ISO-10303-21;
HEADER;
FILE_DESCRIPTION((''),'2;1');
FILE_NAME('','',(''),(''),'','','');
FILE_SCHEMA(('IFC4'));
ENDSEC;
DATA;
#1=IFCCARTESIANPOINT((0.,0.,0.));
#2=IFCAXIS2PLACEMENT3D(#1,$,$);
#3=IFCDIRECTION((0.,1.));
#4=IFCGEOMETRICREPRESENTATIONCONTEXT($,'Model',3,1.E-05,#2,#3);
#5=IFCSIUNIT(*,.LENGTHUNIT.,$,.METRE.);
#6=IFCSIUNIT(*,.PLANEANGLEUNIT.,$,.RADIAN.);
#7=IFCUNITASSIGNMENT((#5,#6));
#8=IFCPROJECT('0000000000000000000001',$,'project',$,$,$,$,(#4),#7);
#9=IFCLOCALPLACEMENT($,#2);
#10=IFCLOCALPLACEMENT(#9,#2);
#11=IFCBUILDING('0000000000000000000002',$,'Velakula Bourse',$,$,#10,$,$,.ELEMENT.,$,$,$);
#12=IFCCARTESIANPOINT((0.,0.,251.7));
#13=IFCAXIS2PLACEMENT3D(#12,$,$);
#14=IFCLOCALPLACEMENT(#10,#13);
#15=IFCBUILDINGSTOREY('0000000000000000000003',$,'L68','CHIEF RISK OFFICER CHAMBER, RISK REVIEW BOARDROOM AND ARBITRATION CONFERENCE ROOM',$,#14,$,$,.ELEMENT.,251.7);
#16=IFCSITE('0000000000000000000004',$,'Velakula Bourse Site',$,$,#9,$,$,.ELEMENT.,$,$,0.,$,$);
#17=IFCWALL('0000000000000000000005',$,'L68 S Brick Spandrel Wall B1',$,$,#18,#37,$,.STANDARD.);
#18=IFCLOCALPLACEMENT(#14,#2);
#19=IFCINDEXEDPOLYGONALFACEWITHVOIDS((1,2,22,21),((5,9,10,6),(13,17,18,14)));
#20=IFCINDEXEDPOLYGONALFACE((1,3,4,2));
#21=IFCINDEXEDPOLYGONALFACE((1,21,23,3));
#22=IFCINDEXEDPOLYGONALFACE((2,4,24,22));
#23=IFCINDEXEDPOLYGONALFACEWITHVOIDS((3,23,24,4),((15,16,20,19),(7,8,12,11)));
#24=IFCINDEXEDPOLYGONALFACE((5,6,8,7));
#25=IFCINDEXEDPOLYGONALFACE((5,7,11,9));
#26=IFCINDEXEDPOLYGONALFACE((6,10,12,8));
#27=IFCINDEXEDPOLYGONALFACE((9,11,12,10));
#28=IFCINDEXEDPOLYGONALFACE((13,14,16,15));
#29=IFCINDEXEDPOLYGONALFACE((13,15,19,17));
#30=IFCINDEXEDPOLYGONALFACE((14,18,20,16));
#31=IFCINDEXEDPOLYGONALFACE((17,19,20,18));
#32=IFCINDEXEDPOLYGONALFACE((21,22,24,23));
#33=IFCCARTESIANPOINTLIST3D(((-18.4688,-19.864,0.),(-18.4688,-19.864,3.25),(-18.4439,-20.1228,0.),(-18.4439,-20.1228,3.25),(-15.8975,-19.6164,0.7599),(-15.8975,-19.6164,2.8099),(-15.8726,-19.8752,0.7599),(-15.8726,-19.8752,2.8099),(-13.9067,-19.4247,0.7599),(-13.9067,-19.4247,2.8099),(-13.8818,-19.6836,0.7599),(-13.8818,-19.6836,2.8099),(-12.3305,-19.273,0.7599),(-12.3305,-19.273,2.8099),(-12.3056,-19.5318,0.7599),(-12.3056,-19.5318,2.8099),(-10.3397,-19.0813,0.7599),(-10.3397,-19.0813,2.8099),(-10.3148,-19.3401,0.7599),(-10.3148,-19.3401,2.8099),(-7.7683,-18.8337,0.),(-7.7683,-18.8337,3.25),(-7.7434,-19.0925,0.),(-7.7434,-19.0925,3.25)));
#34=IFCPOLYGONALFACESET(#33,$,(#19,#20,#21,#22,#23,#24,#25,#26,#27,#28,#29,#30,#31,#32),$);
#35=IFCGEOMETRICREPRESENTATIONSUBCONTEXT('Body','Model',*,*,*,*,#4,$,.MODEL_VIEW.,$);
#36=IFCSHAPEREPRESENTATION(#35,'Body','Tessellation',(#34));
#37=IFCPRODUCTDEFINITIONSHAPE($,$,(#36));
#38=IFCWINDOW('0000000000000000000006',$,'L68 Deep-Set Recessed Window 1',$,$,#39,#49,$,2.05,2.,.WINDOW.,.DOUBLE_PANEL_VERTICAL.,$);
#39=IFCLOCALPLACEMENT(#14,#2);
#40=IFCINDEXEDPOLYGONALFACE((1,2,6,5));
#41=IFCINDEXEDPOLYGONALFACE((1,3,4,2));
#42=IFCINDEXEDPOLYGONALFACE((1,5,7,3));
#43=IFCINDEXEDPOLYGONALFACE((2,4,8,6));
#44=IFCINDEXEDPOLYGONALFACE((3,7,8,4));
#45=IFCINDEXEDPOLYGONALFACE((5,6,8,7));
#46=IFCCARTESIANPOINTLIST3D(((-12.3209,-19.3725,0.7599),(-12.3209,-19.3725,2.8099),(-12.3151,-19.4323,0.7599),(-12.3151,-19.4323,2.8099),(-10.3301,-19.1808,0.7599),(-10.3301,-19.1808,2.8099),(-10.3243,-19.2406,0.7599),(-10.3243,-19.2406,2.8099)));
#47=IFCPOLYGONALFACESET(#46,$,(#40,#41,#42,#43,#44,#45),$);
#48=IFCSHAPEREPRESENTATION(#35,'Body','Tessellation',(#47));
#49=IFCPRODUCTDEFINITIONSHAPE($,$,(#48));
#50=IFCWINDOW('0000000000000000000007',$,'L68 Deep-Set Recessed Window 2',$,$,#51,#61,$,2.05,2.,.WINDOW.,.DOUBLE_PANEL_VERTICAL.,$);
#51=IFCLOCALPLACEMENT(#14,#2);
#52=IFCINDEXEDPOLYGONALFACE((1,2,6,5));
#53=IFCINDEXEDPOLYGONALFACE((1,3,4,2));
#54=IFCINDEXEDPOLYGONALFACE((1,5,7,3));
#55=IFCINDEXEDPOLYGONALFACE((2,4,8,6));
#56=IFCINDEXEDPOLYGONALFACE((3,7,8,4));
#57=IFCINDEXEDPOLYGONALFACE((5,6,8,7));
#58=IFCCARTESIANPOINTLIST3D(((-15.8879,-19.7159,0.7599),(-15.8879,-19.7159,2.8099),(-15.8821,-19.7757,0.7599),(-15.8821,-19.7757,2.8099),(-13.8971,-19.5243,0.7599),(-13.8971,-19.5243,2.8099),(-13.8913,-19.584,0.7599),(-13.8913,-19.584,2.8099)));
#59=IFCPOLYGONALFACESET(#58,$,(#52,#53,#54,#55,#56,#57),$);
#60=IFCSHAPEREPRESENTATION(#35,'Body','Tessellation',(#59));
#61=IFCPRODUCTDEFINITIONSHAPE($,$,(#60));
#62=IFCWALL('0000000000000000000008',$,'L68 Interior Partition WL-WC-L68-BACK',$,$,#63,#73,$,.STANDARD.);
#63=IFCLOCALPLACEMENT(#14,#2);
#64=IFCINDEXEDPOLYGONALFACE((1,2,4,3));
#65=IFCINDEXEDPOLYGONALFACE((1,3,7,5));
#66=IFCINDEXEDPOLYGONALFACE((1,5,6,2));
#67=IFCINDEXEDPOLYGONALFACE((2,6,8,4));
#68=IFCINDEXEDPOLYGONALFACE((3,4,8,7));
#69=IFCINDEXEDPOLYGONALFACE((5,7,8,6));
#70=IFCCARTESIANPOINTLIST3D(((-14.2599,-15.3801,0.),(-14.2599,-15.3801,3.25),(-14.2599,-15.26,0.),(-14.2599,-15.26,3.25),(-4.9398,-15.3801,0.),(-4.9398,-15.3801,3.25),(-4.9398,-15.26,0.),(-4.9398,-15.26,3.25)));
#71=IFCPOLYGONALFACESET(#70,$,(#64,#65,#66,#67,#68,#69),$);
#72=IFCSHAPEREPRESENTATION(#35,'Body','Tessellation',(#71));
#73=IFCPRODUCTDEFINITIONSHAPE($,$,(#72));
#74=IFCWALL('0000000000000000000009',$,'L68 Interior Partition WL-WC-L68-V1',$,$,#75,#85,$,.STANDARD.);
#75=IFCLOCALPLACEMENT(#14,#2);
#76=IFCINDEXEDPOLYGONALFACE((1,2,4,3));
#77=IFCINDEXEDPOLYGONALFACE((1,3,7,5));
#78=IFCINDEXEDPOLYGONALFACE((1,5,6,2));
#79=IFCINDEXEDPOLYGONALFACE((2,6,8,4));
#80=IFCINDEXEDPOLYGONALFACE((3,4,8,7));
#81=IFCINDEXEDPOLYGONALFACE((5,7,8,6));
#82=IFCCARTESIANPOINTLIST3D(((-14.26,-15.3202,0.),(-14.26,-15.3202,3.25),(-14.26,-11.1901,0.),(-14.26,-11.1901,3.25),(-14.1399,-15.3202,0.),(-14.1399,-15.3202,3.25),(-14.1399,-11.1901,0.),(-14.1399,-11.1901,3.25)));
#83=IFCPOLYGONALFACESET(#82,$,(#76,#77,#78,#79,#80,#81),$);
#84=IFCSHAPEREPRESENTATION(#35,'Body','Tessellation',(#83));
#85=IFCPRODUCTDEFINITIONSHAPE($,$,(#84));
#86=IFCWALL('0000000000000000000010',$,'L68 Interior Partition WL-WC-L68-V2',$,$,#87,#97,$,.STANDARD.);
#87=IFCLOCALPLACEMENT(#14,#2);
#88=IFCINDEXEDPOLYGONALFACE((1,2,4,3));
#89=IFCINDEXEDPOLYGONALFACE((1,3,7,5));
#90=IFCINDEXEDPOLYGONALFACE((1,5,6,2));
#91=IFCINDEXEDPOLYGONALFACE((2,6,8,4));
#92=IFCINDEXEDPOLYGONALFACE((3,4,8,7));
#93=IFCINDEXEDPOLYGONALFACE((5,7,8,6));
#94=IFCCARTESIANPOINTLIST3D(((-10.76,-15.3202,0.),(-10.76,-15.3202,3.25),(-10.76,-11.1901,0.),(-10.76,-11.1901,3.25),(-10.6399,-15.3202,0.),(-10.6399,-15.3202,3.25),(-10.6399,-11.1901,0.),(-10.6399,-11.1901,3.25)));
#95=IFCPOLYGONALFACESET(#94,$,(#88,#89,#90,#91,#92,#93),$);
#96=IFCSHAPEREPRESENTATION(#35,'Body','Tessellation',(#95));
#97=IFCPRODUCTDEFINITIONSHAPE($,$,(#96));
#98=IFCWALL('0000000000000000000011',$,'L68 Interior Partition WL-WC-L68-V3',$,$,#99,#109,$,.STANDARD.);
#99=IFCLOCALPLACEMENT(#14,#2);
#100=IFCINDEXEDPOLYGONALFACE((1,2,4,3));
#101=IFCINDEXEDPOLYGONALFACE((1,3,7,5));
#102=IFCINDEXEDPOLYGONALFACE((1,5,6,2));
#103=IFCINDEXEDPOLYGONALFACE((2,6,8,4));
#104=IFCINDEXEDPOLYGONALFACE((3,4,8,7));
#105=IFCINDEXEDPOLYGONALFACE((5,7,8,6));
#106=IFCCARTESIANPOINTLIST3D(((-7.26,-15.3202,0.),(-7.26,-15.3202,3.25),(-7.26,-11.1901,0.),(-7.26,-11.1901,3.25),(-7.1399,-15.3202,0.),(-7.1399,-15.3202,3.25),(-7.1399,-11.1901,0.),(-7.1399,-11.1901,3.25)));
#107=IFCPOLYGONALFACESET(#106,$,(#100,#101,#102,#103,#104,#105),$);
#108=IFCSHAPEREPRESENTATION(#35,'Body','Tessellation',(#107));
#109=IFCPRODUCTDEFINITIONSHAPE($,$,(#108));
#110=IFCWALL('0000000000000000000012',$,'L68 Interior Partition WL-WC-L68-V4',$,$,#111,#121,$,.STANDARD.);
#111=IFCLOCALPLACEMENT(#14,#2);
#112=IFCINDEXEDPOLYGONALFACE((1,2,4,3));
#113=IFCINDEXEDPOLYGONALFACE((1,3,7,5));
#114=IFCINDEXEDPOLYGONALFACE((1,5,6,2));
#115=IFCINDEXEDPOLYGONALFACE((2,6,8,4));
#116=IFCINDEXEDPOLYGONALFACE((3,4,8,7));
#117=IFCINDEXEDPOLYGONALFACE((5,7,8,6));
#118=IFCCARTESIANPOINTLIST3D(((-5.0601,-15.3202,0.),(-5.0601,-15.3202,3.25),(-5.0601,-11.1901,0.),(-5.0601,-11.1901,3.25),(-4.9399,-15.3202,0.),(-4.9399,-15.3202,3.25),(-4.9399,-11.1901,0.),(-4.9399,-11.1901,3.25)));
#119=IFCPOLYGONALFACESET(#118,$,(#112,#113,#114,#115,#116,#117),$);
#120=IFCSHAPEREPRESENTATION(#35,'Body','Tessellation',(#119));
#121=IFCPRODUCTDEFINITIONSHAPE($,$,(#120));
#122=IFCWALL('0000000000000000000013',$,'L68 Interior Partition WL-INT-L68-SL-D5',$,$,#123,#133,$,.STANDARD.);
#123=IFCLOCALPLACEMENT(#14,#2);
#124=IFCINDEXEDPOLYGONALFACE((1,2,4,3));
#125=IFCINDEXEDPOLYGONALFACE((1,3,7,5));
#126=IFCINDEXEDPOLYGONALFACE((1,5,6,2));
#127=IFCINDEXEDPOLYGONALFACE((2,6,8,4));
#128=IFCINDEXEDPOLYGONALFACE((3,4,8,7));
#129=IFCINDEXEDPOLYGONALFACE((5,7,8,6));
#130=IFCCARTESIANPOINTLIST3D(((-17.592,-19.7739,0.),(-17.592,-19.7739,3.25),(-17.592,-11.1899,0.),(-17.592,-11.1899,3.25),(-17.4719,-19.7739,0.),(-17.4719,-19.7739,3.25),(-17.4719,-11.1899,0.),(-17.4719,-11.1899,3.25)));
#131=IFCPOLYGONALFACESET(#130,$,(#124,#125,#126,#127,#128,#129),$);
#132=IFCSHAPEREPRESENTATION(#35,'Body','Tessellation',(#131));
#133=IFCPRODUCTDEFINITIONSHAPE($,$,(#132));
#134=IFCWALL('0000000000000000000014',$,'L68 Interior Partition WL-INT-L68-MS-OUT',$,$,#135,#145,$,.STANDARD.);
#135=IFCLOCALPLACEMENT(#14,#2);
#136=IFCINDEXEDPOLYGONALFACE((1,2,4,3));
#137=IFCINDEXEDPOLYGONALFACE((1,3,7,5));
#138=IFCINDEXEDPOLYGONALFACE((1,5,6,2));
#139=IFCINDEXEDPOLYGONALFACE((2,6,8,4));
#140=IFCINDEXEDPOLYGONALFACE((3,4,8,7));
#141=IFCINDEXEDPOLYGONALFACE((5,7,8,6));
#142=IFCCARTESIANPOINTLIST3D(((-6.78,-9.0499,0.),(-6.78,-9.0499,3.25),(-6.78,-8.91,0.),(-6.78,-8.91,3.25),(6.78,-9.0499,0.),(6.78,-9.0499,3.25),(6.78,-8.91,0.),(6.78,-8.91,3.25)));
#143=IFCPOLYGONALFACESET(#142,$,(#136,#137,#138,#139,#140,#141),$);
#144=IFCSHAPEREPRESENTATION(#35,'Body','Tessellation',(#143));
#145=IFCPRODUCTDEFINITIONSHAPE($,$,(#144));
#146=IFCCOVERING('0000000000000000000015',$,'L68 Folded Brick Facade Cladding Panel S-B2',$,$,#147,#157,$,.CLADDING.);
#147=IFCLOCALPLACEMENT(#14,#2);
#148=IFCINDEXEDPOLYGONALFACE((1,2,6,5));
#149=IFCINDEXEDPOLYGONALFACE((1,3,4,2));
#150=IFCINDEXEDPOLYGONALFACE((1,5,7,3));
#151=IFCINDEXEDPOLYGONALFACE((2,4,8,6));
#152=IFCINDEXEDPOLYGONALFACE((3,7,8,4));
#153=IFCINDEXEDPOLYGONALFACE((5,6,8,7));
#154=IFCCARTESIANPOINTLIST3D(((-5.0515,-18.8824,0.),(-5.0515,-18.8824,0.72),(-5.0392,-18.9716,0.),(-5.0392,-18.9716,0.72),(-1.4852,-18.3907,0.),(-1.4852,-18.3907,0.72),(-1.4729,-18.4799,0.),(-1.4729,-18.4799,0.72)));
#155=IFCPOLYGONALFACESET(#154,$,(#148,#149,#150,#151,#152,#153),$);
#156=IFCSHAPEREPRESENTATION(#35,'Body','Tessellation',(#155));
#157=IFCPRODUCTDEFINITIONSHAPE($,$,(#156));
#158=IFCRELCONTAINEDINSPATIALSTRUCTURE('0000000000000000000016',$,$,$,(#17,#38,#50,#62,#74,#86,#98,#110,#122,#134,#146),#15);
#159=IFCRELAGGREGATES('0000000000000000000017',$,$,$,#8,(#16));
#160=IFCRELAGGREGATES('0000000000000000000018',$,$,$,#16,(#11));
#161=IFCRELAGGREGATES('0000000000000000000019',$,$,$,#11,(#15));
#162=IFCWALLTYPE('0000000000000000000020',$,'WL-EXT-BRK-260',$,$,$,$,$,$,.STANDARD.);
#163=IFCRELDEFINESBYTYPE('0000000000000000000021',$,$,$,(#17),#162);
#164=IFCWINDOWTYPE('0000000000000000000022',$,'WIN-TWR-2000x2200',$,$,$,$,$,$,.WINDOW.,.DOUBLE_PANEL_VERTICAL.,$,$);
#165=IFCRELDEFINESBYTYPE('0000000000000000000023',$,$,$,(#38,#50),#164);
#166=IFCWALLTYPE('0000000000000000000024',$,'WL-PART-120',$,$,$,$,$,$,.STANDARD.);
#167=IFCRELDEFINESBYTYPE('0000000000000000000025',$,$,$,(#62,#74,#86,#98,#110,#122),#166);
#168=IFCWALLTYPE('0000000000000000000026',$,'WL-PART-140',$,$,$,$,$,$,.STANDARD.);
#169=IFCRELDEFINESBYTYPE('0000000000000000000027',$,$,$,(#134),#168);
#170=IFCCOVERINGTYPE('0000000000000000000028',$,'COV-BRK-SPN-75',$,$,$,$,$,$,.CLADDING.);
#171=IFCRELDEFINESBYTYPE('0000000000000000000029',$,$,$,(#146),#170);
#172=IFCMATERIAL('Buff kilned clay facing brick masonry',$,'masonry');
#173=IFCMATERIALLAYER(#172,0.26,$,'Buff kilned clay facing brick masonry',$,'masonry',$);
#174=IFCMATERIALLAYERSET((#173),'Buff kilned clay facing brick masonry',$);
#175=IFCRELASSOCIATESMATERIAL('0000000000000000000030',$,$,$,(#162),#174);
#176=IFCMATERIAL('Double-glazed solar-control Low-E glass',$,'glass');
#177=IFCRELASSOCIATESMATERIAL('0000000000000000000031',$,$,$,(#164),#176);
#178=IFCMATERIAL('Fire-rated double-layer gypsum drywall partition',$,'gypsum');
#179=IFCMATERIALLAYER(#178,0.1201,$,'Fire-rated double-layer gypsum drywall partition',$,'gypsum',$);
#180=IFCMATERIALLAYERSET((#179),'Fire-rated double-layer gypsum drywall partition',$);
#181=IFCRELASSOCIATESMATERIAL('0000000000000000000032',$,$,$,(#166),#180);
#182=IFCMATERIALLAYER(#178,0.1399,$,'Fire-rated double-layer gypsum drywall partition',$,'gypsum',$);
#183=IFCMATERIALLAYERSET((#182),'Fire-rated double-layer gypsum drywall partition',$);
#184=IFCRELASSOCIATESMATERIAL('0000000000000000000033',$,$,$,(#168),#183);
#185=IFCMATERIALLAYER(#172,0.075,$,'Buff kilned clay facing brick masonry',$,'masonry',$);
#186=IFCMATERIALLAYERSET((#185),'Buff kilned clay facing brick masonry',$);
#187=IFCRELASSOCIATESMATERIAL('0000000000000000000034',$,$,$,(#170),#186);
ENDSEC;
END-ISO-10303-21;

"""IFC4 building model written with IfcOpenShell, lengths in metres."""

from ifc_helpers import new_model, si_unit, direction, frame, frame_2d, origin, origin_2d, place, context, subcontext, project, spatial, rectangle, extrude, material, layer, layer_set, type_object, element, fill, save


model = new_model("IFC4")

# Units and contexts
model_context = context("Model", 3, precision=1e-05, world=origin(), true_north=direction((0.0, 1.0)))
body_context = subcontext(model_context, "Body", "Model", "MODEL_VIEW")
ifc_project = project(units=[si_unit("LENGTHUNIT", "METRE"), si_unit("PLANEANGLEUNIT", "RADIAN")], contexts=[model_context])

# Site, building, storey
site_placement = place(None, origin())
site = spatial("IfcSite", under=ifc_project, at=site_placement, Name="Velakula Bourse Site", CompositionType="ELEMENT", RefElevation=0.0)
building_placement = place(site_placement, origin())
building = spatial("IfcBuilding", under=site, at=building_placement, Name="Velakula Bourse", CompositionType="ELEMENT")
storey_placement = place(building_placement, frame((0.0, 0.0, 251.7)))
storey = spatial("IfcBuildingStorey", under=building, at=storey_placement, Name="L68", Description="CHIEF RISK OFFICER CHAMBER, RISK REVIEW BOARDROOM AND ARBITRATION CONFERENCE ROOM", CompositionType="ELEMENT", Elevation=251.7)

# Wall, openings, windows
ifc_material_1 = material(Name="Buff kilned clay facing brick masonry", Category="masonry")
ifc_layer_1 = layer(ifc_material_1, 0.26, Name="Buff kilned clay facing brick masonry", Category="masonry")
ifc_layer_set_1 = layer_set([ifc_layer_1], Name="Buff kilned clay facing brick masonry")
wall_type_1 = type_object("IfcWallType", Name="WL-EXT-BRK-260", PredefinedType="STANDARD", material=ifc_layer_set_1)
wall_1_placement = place(storey_placement, frame((-7.7559, -18.9631, 0.0), z_axis=(0.0, 0.0, 1.0), x_axis=(-0.995397, -0.09584, 0.0)))
wall_1 = element("IfcWall", 1, at=wall_1_placement, inside=storey, type_object=wall_type_1, Name="L68 S Brick Spandrel Wall B1", PredefinedType="STANDARD", context=body_context, shape_type="SweptSolid", body=[
    extrude(rectangle(XDim=10.75, YDim=0.26, at=frame_2d((5.375, 0.0))), origin(), (0.0, 0.0, 1.0), 3.25),
])
opening_1_placement = place(wall_1_placement, frame((2.5833, 0.0, 0.76)))
opening_1 = element("IfcOpeningElement", 2, at=opening_1_placement, cuts=wall_1, PredefinedType="OPENING", context=body_context, shape_type="SweptSolid", body=[
    extrude(rectangle(XDim=2.0, YDim=2.05, at=frame_2d((1.0, 1.0249))), frame((0.0, 0.1399, 0.0), z_axis=(0.0, -1.0, 0.0), x_axis=(1.0, 0.0, 0.0)), (0.0, 0.0, 1.0), 0.28),
])
opening_2_placement = place(wall_1_placement, frame((6.1667, 0.0, 0.76)))
opening_2 = element("IfcOpeningElement", 3, at=opening_2_placement, cuts=wall_1, PredefinedType="OPENING", context=body_context, shape_type="SweptSolid", body=[
    extrude(rectangle(XDim=2.0, YDim=2.05, at=frame_2d((1.0, 1.0249))), frame((0.0, 0.1399, 0.0), z_axis=(0.0, -1.0, 0.0), x_axis=(1.0, 0.0, 0.0)), (0.0, 0.0, 1.0), 0.28),
])
ifc_material_2 = material(Name="Double-glazed solar-control Low-E glass", Category="glass")
window_type = type_object("IfcWindowType", Name="WIN-TWR-2000x2200", PartitioningType="DOUBLE_PANEL_VERTICAL", PredefinedType="WINDOW", material=ifc_material_2)
window_1_placement = place(opening_1_placement, origin())
window_1 = element("IfcWindow", 4, at=window_1_placement, inside=storey, type_object=window_type, Name="L68 Deep-Set Recessed Window 1", OverallHeight=2.05, OverallWidth=2.0, PartitioningType="DOUBLE_PANEL_VERTICAL", PredefinedType="WINDOW", context=body_context, shape_type="SweptSolid", body=[
    extrude(rectangle(XDim=2.0, YDim=2.05, at=frame_2d((1.0, 1.0249))), frame((0.0, 0.03, 0.0), z_axis=(0.0, -1.0, 0.0), x_axis=(1.0, 0.0, 0.0)), (0.0, 0.0, 1.0), 0.0601),
])
fill(opening_1, window_1)
window_2_placement = place(opening_2_placement, origin())
window_2 = element("IfcWindow", 5, at=window_2_placement, inside=storey, type_object=window_type, Name="L68 Deep-Set Recessed Window 2", OverallHeight=2.05, OverallWidth=2.0, PartitioningType="DOUBLE_PANEL_VERTICAL", PredefinedType="WINDOW", context=body_context, shape_type="SweptSolid", body=[
    extrude(rectangle(XDim=2.0, YDim=2.05, at=frame_2d((1.0, 1.0249))), frame((0.0, 0.03, 0.0), z_axis=(0.0, -1.0, 0.0), x_axis=(1.0, 0.0, 0.0)), (0.0, 0.0, 1.0), 0.0601),
])
fill(opening_2, window_2)

# Walls
ifc_material_3 = material(Name="Fire-rated double-layer gypsum drywall partition", Category="gypsum")
ifc_layer_2 = layer(ifc_material_3, 0.1201, Name="Fire-rated double-layer gypsum drywall partition", Category="gypsum")
ifc_layer_set_2 = layer_set([ifc_layer_2], Name="Fire-rated double-layer gypsum drywall partition")
wall_type_2 = type_object("IfcWallType", Name="WL-PART-120", PredefinedType="STANDARD", material=ifc_layer_set_2)
wall_2_placement = place(storey_placement, frame((-14.26, -15.3201, 0.0), z_axis=(0.0, 0.0, 1.0), x_axis=(1.0, 0.0, 0.0)))
element("IfcWall", 6, at=wall_2_placement, inside=storey, type_object=wall_type_2, Name="L68 Interior Partition WL-WC-L68-BACK", PredefinedType="STANDARD", context=body_context, shape_type="SweptSolid", body=[
    extrude(rectangle(XDim=9.3201, YDim=0.1201, at=frame_2d((4.6602, 0.0))), origin(), (0.0, 0.0, 1.0), 3.25),
])
for number, where, z_axis, x_axis, name in (
    (7, (-14.2, -15.3201, 0.0), (0.0, 0.0, 1.0), (0.0, 1.0, 0.0), "L68 Interior Partition WL-WC-L68-V1"),
    (8, (-10.7, -15.3201, 0.0), (0.0, 0.0, 1.0), (0.0, 1.0, 0.0), "L68 Interior Partition WL-WC-L68-V2"),
    (9, (-7.2, -15.3201, 0.0), (0.0, 0.0, 1.0), (0.0, 1.0, 0.0), "L68 Interior Partition WL-WC-L68-V3"),
    (10, (-5.0, -15.3201, 0.0), (0.0, 0.0, 1.0), (0.0, 1.0, 0.0), "L68 Interior Partition WL-WC-L68-V4"),
):
    element("IfcWall", number, at=place(storey_placement, frame(where, z_axis=z_axis, x_axis=x_axis)), inside=storey, type_object=wall_type_2, Name=name, PredefinedType="STANDARD", context=body_context, shape_type="SweptSolid", body=[
        extrude(rectangle(XDim=4.1301, YDim=0.1201, at=frame_2d((2.0649, 0.0))), origin(), (0.0, 0.0, 1.0), 3.25),
    ])
wall_3_placement = place(storey_placement, frame((-17.532, -19.7739, 0.0), z_axis=(0.0, 0.0, 1.0), x_axis=(0.0, 1.0, 0.0)))
element("IfcWall", 11, at=wall_3_placement, inside=storey, type_object=wall_type_2, Name="L68 Interior Partition WL-INT-L68-SL-D5", PredefinedType="STANDARD", context=body_context, shape_type="SweptSolid", body=[
    extrude(rectangle(XDim=8.584, YDim=0.1201, at=frame_2d((4.292, 0.0))), origin(), (0.0, 0.0, 1.0), 3.25),
])
ifc_layer_3 = layer(ifc_material_3, 0.1399, Name="Fire-rated double-layer gypsum drywall partition", Category="gypsum")
ifc_layer_set_3 = layer_set([ifc_layer_3], Name="Fire-rated double-layer gypsum drywall partition")
wall_type_3 = type_object("IfcWallType", Name="WL-PART-140", PredefinedType="STANDARD", material=ifc_layer_set_3)
wall_4_placement = place(storey_placement, frame((-6.78, -8.98, 0.0), z_axis=(0.0, 0.0, 1.0), x_axis=(1.0, 0.0, 0.0)))
element("IfcWall", 12, at=wall_4_placement, inside=storey, type_object=wall_type_3, Name="L68 Interior Partition WL-INT-L68-MS-OUT", PredefinedType="STANDARD", context=body_context, shape_type="SweptSolid", body=[
    extrude(rectangle(XDim=13.5601, YDim=0.1399, at=frame_2d((6.78, 0.0))), origin(), (0.0, 0.0, 1.0), 3.25),
])

# Covering
ifc_layer_4 = layer(ifc_material_1, 0.075, Name="Buff kilned clay facing brick masonry", Category="masonry")
ifc_layer_set_4 = layer_set([ifc_layer_4], Name="Buff kilned clay facing brick masonry")
covering_type = type_object("IfcCoveringType", Name="COV-BRK-SPN-75", PredefinedType="CLADDING", material=ifc_layer_set_4)
covering_placement = place(storey_placement, frame((-3.2622, -18.6812, 0.0), z_axis=(0.0, 0.0, 1.0), x_axis=(0.990629, 0.13658, 0.0)))
element("IfcCovering", 13, at=covering_placement, inside=storey, type_object=covering_type, Name="L68 Folded Brick Facade Cladding Panel S-B2", PredefinedType="CLADDING", context=body_context, shape_type="SweptSolid", body=[
    extrude(rectangle(XDim=3.6001, YDim=0.0901, at=origin_2d()), origin(), (0.0, 0.0, 1.0), 0.72),
])

save(model, "model.ifc")
